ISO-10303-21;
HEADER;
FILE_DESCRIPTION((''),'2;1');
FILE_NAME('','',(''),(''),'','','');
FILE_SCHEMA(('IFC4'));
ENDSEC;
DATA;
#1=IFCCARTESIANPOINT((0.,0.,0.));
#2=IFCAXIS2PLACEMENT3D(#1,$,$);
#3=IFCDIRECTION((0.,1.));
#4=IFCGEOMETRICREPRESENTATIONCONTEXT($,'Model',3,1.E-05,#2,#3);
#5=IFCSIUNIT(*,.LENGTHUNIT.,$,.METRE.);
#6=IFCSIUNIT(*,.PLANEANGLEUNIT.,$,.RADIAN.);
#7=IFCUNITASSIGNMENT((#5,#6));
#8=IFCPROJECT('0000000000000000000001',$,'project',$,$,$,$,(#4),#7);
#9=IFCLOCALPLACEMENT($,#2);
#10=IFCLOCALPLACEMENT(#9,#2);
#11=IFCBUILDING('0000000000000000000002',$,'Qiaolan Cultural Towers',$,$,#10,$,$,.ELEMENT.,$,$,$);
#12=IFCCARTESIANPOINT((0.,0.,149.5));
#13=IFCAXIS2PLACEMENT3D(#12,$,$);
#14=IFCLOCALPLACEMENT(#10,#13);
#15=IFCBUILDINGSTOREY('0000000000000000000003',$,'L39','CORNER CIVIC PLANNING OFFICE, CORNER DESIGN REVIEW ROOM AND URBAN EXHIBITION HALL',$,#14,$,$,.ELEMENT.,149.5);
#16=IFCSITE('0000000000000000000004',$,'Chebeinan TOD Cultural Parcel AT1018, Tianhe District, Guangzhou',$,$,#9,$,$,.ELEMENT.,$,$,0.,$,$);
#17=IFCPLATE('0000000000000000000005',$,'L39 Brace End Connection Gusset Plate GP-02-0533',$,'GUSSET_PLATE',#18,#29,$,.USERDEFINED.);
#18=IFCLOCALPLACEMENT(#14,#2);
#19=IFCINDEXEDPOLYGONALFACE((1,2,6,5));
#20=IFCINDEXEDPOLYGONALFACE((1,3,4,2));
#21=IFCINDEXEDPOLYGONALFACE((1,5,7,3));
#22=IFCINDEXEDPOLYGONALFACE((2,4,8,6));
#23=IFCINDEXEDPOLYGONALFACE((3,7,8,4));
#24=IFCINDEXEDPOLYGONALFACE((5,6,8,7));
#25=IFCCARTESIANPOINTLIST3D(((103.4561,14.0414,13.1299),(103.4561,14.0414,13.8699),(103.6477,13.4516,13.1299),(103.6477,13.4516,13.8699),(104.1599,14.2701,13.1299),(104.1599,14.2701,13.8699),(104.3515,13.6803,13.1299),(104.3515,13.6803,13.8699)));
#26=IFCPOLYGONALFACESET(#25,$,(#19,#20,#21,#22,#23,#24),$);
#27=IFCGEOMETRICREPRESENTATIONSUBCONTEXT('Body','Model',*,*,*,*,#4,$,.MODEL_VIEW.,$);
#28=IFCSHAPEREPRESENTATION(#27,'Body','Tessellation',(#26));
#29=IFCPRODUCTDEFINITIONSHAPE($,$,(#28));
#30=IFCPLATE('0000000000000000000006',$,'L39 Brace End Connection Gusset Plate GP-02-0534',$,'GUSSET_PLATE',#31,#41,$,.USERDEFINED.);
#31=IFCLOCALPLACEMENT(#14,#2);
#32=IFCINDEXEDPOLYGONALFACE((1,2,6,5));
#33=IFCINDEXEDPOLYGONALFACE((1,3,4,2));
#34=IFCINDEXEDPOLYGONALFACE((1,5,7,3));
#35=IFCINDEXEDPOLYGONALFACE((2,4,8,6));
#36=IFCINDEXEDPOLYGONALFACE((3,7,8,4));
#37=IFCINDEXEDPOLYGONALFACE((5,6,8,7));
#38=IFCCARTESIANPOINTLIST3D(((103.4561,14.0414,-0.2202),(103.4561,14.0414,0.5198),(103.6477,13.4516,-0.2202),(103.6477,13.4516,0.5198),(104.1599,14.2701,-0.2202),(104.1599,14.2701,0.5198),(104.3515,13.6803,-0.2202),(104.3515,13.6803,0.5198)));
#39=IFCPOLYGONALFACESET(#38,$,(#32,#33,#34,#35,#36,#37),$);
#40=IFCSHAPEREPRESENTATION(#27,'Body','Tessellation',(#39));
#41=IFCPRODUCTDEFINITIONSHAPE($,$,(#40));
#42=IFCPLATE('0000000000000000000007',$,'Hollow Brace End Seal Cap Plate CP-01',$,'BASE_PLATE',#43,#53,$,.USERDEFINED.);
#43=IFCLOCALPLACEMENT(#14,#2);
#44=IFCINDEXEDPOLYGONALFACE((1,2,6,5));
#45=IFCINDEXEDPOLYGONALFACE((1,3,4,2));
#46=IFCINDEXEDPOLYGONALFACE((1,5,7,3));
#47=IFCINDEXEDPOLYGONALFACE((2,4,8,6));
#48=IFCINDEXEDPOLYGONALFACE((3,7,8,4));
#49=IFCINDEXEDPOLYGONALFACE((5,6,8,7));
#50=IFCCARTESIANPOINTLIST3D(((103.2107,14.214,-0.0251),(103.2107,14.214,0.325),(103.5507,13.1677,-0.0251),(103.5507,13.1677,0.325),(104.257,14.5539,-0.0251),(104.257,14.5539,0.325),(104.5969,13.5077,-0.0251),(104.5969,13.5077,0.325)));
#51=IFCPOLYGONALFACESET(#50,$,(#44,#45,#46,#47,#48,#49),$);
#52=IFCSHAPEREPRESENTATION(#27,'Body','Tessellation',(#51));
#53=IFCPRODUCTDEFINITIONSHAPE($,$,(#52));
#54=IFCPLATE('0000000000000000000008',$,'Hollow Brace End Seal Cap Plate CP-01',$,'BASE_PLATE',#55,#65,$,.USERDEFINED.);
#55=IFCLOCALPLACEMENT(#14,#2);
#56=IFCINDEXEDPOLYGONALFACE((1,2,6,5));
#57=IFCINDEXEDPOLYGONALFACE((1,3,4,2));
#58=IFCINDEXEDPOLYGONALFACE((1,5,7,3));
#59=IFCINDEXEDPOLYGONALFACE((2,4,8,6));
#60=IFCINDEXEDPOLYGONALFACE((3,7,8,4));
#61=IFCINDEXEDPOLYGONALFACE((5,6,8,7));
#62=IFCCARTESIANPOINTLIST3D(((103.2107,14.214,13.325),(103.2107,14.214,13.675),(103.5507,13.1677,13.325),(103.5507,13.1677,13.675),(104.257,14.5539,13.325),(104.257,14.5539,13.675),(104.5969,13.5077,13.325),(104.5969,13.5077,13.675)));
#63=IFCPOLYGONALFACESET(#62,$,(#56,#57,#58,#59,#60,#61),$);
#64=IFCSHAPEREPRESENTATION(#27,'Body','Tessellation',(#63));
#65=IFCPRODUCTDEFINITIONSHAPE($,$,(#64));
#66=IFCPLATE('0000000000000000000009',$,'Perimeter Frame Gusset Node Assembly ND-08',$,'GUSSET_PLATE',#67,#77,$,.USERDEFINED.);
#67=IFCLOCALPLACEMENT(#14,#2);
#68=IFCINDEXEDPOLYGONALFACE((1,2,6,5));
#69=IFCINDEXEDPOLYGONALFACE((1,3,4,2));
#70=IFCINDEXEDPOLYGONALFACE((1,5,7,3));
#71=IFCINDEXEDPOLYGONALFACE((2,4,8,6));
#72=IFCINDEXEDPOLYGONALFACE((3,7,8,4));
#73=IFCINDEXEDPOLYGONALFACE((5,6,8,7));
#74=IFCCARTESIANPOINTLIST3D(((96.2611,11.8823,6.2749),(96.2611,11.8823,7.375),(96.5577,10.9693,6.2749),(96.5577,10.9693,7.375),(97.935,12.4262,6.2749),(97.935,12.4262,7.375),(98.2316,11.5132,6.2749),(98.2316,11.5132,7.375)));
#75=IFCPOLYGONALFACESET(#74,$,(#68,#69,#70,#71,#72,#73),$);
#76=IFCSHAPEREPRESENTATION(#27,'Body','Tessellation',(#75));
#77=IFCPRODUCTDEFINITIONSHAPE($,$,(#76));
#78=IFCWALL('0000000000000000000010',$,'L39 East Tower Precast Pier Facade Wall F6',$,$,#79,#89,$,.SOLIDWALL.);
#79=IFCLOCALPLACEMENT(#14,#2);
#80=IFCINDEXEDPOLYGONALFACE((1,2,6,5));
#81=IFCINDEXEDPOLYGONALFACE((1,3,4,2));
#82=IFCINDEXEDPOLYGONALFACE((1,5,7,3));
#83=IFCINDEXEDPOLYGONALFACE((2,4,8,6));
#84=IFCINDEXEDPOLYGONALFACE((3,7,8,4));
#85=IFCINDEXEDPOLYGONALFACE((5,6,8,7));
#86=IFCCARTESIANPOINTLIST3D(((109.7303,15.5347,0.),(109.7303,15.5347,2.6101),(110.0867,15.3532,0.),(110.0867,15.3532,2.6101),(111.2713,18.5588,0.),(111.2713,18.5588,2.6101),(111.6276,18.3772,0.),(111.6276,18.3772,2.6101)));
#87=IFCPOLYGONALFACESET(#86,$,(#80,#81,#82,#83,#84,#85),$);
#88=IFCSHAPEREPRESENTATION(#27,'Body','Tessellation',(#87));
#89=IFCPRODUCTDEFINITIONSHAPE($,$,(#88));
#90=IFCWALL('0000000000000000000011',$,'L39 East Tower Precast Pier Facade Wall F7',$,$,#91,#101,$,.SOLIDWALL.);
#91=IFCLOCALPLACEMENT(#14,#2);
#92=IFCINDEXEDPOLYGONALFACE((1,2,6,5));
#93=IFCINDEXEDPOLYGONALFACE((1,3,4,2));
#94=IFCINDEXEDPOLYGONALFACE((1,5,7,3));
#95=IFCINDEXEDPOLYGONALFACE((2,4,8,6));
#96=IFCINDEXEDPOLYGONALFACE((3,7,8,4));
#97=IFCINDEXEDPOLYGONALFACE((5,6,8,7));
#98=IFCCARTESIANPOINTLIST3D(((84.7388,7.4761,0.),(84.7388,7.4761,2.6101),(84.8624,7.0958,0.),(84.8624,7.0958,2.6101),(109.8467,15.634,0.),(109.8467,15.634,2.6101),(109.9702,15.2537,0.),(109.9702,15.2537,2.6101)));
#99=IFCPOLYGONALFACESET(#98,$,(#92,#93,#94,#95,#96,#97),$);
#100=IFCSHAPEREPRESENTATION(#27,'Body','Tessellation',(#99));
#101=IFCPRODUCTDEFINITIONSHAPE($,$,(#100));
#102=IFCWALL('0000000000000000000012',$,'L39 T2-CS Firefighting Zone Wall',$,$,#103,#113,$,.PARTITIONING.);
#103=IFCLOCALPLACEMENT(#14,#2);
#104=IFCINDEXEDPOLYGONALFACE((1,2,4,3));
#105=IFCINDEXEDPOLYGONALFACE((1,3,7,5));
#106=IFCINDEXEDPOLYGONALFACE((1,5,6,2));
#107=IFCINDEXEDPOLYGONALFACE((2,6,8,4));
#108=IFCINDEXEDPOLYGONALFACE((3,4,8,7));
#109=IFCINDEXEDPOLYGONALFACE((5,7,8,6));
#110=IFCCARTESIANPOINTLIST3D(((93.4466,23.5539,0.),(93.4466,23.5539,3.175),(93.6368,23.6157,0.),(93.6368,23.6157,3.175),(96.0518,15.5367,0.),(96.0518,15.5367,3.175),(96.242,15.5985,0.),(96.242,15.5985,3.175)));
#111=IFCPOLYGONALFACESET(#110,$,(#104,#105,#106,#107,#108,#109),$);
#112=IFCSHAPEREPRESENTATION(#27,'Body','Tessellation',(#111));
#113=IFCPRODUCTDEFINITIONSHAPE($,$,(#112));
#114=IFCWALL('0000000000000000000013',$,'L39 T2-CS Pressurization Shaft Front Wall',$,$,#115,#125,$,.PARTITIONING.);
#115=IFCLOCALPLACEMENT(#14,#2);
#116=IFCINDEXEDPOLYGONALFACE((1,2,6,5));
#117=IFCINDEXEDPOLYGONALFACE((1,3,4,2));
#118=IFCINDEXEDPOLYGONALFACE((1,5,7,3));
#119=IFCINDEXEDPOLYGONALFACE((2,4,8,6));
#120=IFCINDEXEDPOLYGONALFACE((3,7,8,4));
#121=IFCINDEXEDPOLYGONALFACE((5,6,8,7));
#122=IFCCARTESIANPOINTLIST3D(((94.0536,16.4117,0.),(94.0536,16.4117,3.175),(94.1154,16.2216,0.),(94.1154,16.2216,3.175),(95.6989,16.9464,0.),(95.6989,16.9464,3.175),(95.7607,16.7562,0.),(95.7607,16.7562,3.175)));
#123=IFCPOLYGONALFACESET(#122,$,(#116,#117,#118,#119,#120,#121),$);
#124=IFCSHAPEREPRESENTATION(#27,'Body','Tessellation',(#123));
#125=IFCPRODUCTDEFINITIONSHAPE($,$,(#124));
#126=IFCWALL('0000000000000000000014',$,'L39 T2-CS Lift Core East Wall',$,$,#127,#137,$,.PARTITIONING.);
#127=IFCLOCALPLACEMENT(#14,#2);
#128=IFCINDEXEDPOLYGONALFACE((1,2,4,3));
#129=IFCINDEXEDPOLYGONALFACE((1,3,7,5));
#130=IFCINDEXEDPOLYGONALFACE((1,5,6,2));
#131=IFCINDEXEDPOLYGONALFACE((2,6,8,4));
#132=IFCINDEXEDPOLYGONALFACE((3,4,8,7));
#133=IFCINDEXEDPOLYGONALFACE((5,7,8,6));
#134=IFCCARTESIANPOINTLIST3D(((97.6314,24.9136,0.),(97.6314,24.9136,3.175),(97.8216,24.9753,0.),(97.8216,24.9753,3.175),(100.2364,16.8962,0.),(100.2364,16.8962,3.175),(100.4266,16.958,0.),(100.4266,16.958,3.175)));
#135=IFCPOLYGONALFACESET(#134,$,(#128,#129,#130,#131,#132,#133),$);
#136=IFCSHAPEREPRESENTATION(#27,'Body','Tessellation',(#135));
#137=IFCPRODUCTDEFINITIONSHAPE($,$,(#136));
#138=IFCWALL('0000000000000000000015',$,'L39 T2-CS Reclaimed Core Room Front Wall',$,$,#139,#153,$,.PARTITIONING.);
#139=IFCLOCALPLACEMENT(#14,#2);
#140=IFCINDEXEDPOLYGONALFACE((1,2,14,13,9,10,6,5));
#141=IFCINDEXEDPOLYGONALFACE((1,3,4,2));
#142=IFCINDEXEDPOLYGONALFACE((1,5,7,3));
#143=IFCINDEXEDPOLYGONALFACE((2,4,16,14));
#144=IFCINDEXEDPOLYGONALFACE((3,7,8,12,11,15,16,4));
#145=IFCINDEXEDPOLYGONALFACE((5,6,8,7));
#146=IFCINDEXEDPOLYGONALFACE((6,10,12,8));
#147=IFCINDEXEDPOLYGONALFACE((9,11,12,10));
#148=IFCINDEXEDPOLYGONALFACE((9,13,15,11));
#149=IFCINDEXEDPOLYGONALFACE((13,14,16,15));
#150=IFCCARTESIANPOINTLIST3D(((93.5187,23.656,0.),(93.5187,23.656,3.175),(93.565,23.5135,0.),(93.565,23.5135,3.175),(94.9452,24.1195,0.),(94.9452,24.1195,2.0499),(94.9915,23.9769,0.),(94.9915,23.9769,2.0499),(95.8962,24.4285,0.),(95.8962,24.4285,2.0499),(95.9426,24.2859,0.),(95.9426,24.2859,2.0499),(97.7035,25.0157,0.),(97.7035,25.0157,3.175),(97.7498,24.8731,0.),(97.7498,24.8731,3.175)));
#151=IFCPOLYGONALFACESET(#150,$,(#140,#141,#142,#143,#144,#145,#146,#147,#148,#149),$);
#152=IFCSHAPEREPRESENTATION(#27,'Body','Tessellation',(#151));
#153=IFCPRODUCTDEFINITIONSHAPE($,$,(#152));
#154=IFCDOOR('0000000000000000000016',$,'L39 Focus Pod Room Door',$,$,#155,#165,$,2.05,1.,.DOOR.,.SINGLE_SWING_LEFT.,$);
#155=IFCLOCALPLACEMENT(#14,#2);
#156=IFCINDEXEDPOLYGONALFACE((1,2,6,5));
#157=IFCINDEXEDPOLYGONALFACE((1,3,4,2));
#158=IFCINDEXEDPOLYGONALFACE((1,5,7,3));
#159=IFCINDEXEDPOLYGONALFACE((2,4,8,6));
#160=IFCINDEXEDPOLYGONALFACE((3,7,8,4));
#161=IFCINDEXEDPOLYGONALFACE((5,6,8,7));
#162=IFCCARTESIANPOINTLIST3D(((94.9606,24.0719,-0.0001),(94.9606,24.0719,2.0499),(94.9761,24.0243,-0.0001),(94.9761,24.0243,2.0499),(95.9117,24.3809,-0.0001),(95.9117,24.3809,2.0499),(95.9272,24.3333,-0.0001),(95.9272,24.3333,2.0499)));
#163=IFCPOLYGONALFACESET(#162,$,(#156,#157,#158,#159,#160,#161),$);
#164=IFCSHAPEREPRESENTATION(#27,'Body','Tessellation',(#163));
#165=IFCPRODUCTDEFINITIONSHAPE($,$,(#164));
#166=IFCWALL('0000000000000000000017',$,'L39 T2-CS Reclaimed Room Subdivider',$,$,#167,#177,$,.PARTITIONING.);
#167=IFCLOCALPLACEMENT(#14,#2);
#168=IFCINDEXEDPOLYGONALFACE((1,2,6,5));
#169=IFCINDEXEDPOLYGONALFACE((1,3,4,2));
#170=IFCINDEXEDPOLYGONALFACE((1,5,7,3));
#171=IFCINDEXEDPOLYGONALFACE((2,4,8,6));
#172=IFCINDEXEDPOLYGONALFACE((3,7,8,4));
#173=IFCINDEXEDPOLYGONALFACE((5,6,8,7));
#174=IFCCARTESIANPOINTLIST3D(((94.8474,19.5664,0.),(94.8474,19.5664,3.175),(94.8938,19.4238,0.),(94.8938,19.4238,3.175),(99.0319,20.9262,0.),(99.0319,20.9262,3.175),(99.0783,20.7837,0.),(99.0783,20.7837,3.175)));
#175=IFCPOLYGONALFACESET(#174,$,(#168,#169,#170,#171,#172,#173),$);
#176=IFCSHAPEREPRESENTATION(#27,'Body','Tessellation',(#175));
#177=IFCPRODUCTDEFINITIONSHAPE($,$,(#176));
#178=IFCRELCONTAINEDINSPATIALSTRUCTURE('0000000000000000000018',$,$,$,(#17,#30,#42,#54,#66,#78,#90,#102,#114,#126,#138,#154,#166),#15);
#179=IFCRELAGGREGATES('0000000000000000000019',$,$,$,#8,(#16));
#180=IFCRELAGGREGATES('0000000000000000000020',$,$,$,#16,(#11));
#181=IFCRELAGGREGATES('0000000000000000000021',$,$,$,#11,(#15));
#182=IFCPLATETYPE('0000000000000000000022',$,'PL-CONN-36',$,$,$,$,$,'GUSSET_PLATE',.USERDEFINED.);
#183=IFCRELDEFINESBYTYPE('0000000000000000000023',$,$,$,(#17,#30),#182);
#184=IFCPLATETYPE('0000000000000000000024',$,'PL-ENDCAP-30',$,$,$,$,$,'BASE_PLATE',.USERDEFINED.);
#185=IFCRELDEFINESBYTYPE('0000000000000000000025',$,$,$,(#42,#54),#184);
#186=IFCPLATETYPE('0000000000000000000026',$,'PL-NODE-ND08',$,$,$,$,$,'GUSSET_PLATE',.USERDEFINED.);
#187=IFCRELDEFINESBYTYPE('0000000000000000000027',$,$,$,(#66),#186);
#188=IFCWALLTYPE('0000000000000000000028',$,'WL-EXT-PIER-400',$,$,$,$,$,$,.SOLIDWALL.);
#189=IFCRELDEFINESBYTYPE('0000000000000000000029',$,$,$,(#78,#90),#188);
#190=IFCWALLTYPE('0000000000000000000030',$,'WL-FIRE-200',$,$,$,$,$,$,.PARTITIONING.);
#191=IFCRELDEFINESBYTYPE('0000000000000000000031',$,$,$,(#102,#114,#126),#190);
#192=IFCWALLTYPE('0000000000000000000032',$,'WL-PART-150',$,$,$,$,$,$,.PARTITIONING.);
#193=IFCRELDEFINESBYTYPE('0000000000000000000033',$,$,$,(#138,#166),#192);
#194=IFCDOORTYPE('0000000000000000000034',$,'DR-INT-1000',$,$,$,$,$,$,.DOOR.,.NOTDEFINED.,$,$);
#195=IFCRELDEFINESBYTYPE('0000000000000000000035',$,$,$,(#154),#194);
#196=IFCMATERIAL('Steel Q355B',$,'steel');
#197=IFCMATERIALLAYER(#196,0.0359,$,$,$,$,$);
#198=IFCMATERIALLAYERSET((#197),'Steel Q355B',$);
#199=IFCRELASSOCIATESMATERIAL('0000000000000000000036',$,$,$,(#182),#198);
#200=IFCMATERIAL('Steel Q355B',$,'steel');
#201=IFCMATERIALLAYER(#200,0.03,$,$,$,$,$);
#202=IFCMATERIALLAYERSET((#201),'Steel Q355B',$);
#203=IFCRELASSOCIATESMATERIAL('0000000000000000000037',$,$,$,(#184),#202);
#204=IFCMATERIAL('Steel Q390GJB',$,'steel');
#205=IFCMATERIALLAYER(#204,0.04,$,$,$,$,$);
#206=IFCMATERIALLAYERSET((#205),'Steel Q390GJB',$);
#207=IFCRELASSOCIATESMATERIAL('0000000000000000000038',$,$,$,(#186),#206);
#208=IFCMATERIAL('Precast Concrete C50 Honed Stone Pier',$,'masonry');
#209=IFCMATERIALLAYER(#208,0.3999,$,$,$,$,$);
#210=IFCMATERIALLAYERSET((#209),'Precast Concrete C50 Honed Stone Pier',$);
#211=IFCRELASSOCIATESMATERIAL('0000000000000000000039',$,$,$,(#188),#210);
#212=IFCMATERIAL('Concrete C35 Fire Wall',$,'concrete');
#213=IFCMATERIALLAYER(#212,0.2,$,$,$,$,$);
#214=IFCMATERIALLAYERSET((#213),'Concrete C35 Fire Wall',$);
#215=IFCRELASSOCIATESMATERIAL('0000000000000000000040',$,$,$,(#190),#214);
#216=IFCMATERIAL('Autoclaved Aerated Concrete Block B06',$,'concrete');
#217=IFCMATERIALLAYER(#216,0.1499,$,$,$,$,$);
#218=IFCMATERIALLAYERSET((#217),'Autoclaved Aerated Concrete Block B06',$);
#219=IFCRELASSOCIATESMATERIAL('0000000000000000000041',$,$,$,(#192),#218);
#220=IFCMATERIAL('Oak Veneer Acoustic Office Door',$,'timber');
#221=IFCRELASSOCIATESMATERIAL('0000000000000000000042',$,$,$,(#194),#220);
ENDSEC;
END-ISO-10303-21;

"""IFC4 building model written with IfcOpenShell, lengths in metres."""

from ifc_helpers import new_model, si_unit, direction, frame, frame_2d, origin, origin_2d, place, context, subcontext, project, spatial, rectangle, extrude, material, layer, layer_set, type_object, element, fill, save


model = new_model("IFC4")

# Units and contexts
model_context = context("Model", 3, precision=1e-05, world=origin(), true_north=direction((0.0, 1.0)))
body_context = subcontext(model_context, "Body", "Model", "MODEL_VIEW")
ifc_project = project(units=[si_unit("LENGTHUNIT", "METRE"), si_unit("PLANEANGLEUNIT", "RADIAN")], contexts=[model_context])

# Site, building, storey
site_placement = place(None, origin())
site = spatial("IfcSite", under=ifc_project, at=site_placement, Name="Chebeinan TOD Cultural Parcel AT1018, Tianhe District, Guangzhou", CompositionType="ELEMENT", RefElevation=0.0)
building_placement = place(site_placement, origin())
building = spatial("IfcBuilding", under=site, at=building_placement, Name="Qiaolan Cultural Towers", CompositionType="ELEMENT")
storey_placement = place(building_placement, frame((0.0, 0.0, 149.5)))
storey = spatial("IfcBuildingStorey", under=building, at=storey_placement, Name="L39", Description="CORNER CIVIC PLANNING OFFICE, CORNER DESIGN REVIEW ROOM AND URBAN EXHIBITION HALL", CompositionType="ELEMENT", Elevation=149.5)

# Plates
ifc_material_1 = material(Name="Steel Q355B", Category="steel")
ifc_layer_1 = layer(ifc_material_1, 0.0359)
ifc_layer_set_1 = layer_set([ifc_layer_1], Name="Steel Q355B")
plate_type_1 = type_object("IfcPlateType", Name="PL-CONN-36", ElementType="GUSSET_PLATE", PredefinedType="USERDEFINED", material=ifc_layer_set_1)
for number, where, z_axis, x_axis, name in (
    (1, (103.9038, 13.8608, 13.1299), (0.0, 0.0, 1.0), (0.951057, 0.309017, 0.0), "L39 Brace End Connection Gusset Plate GP-02-0533"),
    (2, (103.9038, 13.8608, -0.2202), (0.0, 0.0, 1.0), (0.951057, 0.309017, 0.0), "L39 Brace End Connection Gusset Plate GP-02-0534"),
):
    element("IfcPlate", number, at=place(storey_placement, frame(where, z_axis=z_axis, x_axis=x_axis)), inside=storey, type_object=plate_type_1, Name=name, ObjectType="GUSSET_PLATE", PredefinedType="USERDEFINED", context=body_context, shape_type="SweptSolid", body=[
        extrude(rectangle(XDim=0.74, YDim=0.6201, at=origin_2d()), origin(), (0.0, 0.0, 1.0), 0.74),
    ])
ifc_material_2 = material(Name="Steel Q355B", Category="steel")
ifc_layer_2 = layer(ifc_material_2, 0.03)
ifc_layer_set_2 = layer_set([ifc_layer_2], Name="Steel Q355B")
plate_type_2 = type_object("IfcPlateType", Name="PL-ENDCAP-30", ElementType="BASE_PLATE", PredefinedType="USERDEFINED", material=ifc_layer_set_2)
for number, where, z_axis, x_axis, name in (
    (3, (103.9038, 13.8608, -0.0251), (0.0, 0.0, 1.0), (0.951057, 0.309017, 0.0), "Hollow Brace End Seal Cap Plate CP-01"),
    (4, (103.9038, 13.8608, 13.325), (0.0, 0.0, 1.0), (0.951057, 0.309017, 0.0), "Hollow Brace End Seal Cap Plate CP-01"),
):
    element("IfcPlate", number, at=place(storey_placement, frame(where, z_axis=z_axis, x_axis=x_axis)), inside=storey, type_object=plate_type_2, Name=name, ObjectType="BASE_PLATE", PredefinedType="USERDEFINED", context=body_context, shape_type="SweptSolid", body=[
        extrude(rectangle(XDim=1.1001, YDim=1.1001, at=origin_2d()), origin(), (0.0, 0.0, 1.0), 0.3501),
    ])
ifc_material_3 = material(Name="Steel Q390GJB", Category="steel")
ifc_layer_3 = layer(ifc_material_3, 0.04)
ifc_layer_set_3 = layer_set([ifc_layer_3], Name="Steel Q390GJB")
plate_type_3 = type_object("IfcPlateType", Name="PL-NODE-ND08", ElementType="GUSSET_PLATE", PredefinedType="USERDEFINED", material=ifc_layer_set_3)
plate_placement = place(storey_placement, frame((97.2463, 11.6978, 6.2749), z_axis=(0.0, 0.0, 1.0), x_axis=(0.951057, 0.309017, 0.0)))
element("IfcPlate", 5, at=plate_placement, inside=storey, type_object=plate_type_3, Name="Perimeter Frame Gusset Node Assembly ND-08", ObjectType="GUSSET_PLATE", PredefinedType="USERDEFINED", context=body_context, shape_type="SweptSolid", body=[
    extrude(rectangle(XDim=1.76, YDim=0.96, at=origin_2d()), origin(), (0.0, 0.0, 1.0), 1.1001),
])

# Walls
ifc_material_4 = material(Name="Precast Concrete C50 Honed Stone Pier", Category="masonry")
ifc_layer_4 = layer(ifc_material_4, 0.3999)
ifc_layer_set_4 = layer_set([ifc_layer_4], Name="Precast Concrete C50 Honed Stone Pier")
wall_type_1 = type_object("IfcWallType", Name="WL-EXT-PIER-400", PredefinedType="SOLIDWALL", material=ifc_layer_set_4)
wall_1_placement = place(storey_placement, frame((111.4495, 18.468, 0.0), z_axis=(0.0, 0.0, 1.0), x_axis=(-0.45402, -0.890992, 0.0)))
element("IfcWall", 6, at=wall_1_placement, inside=storey, type_object=wall_type_1, Name="L39 East Tower Precast Pier Facade Wall F6", PredefinedType="SOLIDWALL", context=body_context, shape_type="SweptSolid", body=[
    extrude(rectangle(XDim=3.394, YDim=0.3999, at=frame_2d((1.697, 0.0))), origin(), (0.0, 0.0, 1.0), 2.6101),
])
wall_2_placement = place(storey_placement, frame((109.9084, 15.4438, 0.0), z_axis=(0.0, 0.0, 1.0), x_axis=(-0.951058, -0.309014, 0.0)))
element("IfcWall", 7, at=wall_2_placement, inside=storey, type_object=wall_type_1, Name="L39 East Tower Precast Pier Facade Wall F7", PredefinedType="SOLIDWALL", context=body_context, shape_type="SweptSolid", body=[
    extrude(rectangle(XDim=26.3999, YDim=0.3999, at=frame_2d((13.2, 0.0))), origin(), (0.0, 0.0, 1.0), 2.6101),
])
ifc_material_5 = material(Name="Concrete C35 Fire Wall", Category="concrete")
ifc_layer_5 = layer(ifc_material_5, 0.2)
ifc_layer_set_5 = layer_set([ifc_layer_5], Name="Concrete C35 Fire Wall")
wall_type_2 = type_object("IfcWallType", Name="WL-FIRE-200", PredefinedType="PARTITIONING", material=ifc_layer_set_5)
wall_3_placement = place(storey_placement, frame((93.5417, 23.5847, 0.0), z_axis=(0.0, 0.0, 1.0), x_axis=(0.309042, -0.951048, 0.0)))
element("IfcWall", 8, at=wall_3_placement, inside=storey, type_object=wall_type_2, Name="L39 T2-CS Firefighting Zone Wall", PredefinedType="PARTITIONING", context=body_context, shape_type="SweptSolid", body=[
    extrude(rectangle(XDim=8.4299, YDim=0.2, at=frame_2d((4.2148, 0.0))), origin(), (0.0, 0.0, 1.0), 3.175),
])
wall_4_placement = place(storey_placement, frame((94.0845, 16.3167, 0.0), z_axis=(0.0, 0.0, 1.0), x_axis=(0.951041, 0.309064, 0.0)))
element("IfcWall", 9, at=wall_4_placement, inside=storey, type_object=wall_type_2, Name="L39 T2-CS Pressurization Shaft Front Wall", PredefinedType="PARTITIONING", context=body_context, shape_type="SweptSolid", body=[
    extrude(rectangle(XDim=1.73, YDim=0.2, at=frame_2d((0.865, 0.0))), origin(), (0.0, 0.0, 1.0), 3.175),
])
wall_5_placement = place(storey_placement, frame((97.7266, 24.9443, 0.0), z_axis=(0.0, 0.0, 1.0), x_axis=(0.309016, -0.951057, 0.0)))
element("IfcWall", 10, at=wall_5_placement, inside=storey, type_object=wall_type_2, Name="L39 T2-CS Lift Core East Wall", PredefinedType="PARTITIONING", context=body_context, shape_type="SweptSolid", body=[
    extrude(rectangle(XDim=8.4299, YDim=0.2, at=frame_2d((4.2148, 0.0))), origin(), (0.0, 0.0, 1.0), 3.175),
])

# Wall, opening, door
ifc_material_6 = material(Name="Autoclaved Aerated Concrete Block B06", Category="concrete")
ifc_layer_6 = layer(ifc_material_6, 0.1499)
ifc_layer_set_6 = layer_set([ifc_layer_6], Name="Autoclaved Aerated Concrete Block B06")
wall_type_3 = type_object("IfcWallType", Name="WL-PART-150", PredefinedType="PARTITIONING", material=ifc_layer_set_6)
wall_6_placement = place(storey_placement, frame((93.5417, 23.5847, 0.0), z_axis=(0.0, 0.0, 1.0), x_axis=(0.951064, 0.308994, 0.0)))
wall_6 = element("IfcWall", 11, at=wall_6_placement, inside=storey, type_object=wall_type_3, Name="L39 T2-CS Reclaimed Core Room Front Wall", PredefinedType="PARTITIONING", context=body_context, shape_type="SweptSolid", body=[
    extrude(rectangle(XDim=4.4001, YDim=0.1499, at=frame_2d((2.2002, 0.0))), origin(), (0.0, 0.0, 1.0), 3.175),
])
opening_1_placement = place(wall_6_placement, frame((1.5, 0.0, 0.0)))
opening_1 = element("IfcOpeningElement", 12, at=opening_1_placement, cuts=wall_6, PredefinedType="OPENING", context=body_context, shape_type="SweptSolid", body=[
    extrude(rectangle(XDim=1.0, YDim=2.05, at=frame_2d((0.5, 1.0249))), frame((0.0, 0.085, 0.0), z_axis=(0.0, -1.0, 0.0), x_axis=(1.0, 0.0, 0.0)), (0.0, 0.0, 1.0), 0.1699),
])
ifc_material_7 = material(Name="Oak Veneer Acoustic Office Door", Category="timber")
door_type_1 = type_object("IfcDoorType", Name="DR-INT-1000", OperationType="NOTDEFINED", PredefinedType="DOOR", material=ifc_material_7)
door_1_placement = place(opening_1_placement, origin())
door_1 = element("IfcDoor", 13, at=door_1_placement, inside=storey, type_object=door_type_1, Name="L39 Focus Pod Room Door", OperationType="SINGLE_SWING_LEFT", OverallHeight=2.05, OverallWidth=1.0, PredefinedType="DOOR", context=body_context, shape_type="SweptSolid", body=[
    extrude(rectangle(XDim=1.0, YDim=2.05, at=frame_2d((0.5, 1.0249))), frame((0.0, 0.0249, 0.0), z_axis=(0.0, -1.0, 0.0), x_axis=(1.0, 0.0, 0.0)), (0.0, 0.0, 1.0), 0.05),
])
fill(opening_1, door_1)

# Wall
wall_7_placement = place(storey_placement, frame((94.8706, 19.4951, 0.0), z_axis=(0.0, 0.0, 1.0), x_axis=(0.951042, 0.309061, 0.0)))
element("IfcWall", 14, at=wall_7_placement, inside=storey, type_object=wall_type_3, Name="L39 T2-CS Reclaimed Room Subdivider", PredefinedType="PARTITIONING", context=body_context, shape_type="SweptSolid", body=[
    extrude(rectangle(XDim=4.3999, YDim=0.1499, at=frame_2d((2.2, 0.0))), origin(), (0.0, 0.0, 1.0), 3.175),
])

save(model, "model.ifc")
